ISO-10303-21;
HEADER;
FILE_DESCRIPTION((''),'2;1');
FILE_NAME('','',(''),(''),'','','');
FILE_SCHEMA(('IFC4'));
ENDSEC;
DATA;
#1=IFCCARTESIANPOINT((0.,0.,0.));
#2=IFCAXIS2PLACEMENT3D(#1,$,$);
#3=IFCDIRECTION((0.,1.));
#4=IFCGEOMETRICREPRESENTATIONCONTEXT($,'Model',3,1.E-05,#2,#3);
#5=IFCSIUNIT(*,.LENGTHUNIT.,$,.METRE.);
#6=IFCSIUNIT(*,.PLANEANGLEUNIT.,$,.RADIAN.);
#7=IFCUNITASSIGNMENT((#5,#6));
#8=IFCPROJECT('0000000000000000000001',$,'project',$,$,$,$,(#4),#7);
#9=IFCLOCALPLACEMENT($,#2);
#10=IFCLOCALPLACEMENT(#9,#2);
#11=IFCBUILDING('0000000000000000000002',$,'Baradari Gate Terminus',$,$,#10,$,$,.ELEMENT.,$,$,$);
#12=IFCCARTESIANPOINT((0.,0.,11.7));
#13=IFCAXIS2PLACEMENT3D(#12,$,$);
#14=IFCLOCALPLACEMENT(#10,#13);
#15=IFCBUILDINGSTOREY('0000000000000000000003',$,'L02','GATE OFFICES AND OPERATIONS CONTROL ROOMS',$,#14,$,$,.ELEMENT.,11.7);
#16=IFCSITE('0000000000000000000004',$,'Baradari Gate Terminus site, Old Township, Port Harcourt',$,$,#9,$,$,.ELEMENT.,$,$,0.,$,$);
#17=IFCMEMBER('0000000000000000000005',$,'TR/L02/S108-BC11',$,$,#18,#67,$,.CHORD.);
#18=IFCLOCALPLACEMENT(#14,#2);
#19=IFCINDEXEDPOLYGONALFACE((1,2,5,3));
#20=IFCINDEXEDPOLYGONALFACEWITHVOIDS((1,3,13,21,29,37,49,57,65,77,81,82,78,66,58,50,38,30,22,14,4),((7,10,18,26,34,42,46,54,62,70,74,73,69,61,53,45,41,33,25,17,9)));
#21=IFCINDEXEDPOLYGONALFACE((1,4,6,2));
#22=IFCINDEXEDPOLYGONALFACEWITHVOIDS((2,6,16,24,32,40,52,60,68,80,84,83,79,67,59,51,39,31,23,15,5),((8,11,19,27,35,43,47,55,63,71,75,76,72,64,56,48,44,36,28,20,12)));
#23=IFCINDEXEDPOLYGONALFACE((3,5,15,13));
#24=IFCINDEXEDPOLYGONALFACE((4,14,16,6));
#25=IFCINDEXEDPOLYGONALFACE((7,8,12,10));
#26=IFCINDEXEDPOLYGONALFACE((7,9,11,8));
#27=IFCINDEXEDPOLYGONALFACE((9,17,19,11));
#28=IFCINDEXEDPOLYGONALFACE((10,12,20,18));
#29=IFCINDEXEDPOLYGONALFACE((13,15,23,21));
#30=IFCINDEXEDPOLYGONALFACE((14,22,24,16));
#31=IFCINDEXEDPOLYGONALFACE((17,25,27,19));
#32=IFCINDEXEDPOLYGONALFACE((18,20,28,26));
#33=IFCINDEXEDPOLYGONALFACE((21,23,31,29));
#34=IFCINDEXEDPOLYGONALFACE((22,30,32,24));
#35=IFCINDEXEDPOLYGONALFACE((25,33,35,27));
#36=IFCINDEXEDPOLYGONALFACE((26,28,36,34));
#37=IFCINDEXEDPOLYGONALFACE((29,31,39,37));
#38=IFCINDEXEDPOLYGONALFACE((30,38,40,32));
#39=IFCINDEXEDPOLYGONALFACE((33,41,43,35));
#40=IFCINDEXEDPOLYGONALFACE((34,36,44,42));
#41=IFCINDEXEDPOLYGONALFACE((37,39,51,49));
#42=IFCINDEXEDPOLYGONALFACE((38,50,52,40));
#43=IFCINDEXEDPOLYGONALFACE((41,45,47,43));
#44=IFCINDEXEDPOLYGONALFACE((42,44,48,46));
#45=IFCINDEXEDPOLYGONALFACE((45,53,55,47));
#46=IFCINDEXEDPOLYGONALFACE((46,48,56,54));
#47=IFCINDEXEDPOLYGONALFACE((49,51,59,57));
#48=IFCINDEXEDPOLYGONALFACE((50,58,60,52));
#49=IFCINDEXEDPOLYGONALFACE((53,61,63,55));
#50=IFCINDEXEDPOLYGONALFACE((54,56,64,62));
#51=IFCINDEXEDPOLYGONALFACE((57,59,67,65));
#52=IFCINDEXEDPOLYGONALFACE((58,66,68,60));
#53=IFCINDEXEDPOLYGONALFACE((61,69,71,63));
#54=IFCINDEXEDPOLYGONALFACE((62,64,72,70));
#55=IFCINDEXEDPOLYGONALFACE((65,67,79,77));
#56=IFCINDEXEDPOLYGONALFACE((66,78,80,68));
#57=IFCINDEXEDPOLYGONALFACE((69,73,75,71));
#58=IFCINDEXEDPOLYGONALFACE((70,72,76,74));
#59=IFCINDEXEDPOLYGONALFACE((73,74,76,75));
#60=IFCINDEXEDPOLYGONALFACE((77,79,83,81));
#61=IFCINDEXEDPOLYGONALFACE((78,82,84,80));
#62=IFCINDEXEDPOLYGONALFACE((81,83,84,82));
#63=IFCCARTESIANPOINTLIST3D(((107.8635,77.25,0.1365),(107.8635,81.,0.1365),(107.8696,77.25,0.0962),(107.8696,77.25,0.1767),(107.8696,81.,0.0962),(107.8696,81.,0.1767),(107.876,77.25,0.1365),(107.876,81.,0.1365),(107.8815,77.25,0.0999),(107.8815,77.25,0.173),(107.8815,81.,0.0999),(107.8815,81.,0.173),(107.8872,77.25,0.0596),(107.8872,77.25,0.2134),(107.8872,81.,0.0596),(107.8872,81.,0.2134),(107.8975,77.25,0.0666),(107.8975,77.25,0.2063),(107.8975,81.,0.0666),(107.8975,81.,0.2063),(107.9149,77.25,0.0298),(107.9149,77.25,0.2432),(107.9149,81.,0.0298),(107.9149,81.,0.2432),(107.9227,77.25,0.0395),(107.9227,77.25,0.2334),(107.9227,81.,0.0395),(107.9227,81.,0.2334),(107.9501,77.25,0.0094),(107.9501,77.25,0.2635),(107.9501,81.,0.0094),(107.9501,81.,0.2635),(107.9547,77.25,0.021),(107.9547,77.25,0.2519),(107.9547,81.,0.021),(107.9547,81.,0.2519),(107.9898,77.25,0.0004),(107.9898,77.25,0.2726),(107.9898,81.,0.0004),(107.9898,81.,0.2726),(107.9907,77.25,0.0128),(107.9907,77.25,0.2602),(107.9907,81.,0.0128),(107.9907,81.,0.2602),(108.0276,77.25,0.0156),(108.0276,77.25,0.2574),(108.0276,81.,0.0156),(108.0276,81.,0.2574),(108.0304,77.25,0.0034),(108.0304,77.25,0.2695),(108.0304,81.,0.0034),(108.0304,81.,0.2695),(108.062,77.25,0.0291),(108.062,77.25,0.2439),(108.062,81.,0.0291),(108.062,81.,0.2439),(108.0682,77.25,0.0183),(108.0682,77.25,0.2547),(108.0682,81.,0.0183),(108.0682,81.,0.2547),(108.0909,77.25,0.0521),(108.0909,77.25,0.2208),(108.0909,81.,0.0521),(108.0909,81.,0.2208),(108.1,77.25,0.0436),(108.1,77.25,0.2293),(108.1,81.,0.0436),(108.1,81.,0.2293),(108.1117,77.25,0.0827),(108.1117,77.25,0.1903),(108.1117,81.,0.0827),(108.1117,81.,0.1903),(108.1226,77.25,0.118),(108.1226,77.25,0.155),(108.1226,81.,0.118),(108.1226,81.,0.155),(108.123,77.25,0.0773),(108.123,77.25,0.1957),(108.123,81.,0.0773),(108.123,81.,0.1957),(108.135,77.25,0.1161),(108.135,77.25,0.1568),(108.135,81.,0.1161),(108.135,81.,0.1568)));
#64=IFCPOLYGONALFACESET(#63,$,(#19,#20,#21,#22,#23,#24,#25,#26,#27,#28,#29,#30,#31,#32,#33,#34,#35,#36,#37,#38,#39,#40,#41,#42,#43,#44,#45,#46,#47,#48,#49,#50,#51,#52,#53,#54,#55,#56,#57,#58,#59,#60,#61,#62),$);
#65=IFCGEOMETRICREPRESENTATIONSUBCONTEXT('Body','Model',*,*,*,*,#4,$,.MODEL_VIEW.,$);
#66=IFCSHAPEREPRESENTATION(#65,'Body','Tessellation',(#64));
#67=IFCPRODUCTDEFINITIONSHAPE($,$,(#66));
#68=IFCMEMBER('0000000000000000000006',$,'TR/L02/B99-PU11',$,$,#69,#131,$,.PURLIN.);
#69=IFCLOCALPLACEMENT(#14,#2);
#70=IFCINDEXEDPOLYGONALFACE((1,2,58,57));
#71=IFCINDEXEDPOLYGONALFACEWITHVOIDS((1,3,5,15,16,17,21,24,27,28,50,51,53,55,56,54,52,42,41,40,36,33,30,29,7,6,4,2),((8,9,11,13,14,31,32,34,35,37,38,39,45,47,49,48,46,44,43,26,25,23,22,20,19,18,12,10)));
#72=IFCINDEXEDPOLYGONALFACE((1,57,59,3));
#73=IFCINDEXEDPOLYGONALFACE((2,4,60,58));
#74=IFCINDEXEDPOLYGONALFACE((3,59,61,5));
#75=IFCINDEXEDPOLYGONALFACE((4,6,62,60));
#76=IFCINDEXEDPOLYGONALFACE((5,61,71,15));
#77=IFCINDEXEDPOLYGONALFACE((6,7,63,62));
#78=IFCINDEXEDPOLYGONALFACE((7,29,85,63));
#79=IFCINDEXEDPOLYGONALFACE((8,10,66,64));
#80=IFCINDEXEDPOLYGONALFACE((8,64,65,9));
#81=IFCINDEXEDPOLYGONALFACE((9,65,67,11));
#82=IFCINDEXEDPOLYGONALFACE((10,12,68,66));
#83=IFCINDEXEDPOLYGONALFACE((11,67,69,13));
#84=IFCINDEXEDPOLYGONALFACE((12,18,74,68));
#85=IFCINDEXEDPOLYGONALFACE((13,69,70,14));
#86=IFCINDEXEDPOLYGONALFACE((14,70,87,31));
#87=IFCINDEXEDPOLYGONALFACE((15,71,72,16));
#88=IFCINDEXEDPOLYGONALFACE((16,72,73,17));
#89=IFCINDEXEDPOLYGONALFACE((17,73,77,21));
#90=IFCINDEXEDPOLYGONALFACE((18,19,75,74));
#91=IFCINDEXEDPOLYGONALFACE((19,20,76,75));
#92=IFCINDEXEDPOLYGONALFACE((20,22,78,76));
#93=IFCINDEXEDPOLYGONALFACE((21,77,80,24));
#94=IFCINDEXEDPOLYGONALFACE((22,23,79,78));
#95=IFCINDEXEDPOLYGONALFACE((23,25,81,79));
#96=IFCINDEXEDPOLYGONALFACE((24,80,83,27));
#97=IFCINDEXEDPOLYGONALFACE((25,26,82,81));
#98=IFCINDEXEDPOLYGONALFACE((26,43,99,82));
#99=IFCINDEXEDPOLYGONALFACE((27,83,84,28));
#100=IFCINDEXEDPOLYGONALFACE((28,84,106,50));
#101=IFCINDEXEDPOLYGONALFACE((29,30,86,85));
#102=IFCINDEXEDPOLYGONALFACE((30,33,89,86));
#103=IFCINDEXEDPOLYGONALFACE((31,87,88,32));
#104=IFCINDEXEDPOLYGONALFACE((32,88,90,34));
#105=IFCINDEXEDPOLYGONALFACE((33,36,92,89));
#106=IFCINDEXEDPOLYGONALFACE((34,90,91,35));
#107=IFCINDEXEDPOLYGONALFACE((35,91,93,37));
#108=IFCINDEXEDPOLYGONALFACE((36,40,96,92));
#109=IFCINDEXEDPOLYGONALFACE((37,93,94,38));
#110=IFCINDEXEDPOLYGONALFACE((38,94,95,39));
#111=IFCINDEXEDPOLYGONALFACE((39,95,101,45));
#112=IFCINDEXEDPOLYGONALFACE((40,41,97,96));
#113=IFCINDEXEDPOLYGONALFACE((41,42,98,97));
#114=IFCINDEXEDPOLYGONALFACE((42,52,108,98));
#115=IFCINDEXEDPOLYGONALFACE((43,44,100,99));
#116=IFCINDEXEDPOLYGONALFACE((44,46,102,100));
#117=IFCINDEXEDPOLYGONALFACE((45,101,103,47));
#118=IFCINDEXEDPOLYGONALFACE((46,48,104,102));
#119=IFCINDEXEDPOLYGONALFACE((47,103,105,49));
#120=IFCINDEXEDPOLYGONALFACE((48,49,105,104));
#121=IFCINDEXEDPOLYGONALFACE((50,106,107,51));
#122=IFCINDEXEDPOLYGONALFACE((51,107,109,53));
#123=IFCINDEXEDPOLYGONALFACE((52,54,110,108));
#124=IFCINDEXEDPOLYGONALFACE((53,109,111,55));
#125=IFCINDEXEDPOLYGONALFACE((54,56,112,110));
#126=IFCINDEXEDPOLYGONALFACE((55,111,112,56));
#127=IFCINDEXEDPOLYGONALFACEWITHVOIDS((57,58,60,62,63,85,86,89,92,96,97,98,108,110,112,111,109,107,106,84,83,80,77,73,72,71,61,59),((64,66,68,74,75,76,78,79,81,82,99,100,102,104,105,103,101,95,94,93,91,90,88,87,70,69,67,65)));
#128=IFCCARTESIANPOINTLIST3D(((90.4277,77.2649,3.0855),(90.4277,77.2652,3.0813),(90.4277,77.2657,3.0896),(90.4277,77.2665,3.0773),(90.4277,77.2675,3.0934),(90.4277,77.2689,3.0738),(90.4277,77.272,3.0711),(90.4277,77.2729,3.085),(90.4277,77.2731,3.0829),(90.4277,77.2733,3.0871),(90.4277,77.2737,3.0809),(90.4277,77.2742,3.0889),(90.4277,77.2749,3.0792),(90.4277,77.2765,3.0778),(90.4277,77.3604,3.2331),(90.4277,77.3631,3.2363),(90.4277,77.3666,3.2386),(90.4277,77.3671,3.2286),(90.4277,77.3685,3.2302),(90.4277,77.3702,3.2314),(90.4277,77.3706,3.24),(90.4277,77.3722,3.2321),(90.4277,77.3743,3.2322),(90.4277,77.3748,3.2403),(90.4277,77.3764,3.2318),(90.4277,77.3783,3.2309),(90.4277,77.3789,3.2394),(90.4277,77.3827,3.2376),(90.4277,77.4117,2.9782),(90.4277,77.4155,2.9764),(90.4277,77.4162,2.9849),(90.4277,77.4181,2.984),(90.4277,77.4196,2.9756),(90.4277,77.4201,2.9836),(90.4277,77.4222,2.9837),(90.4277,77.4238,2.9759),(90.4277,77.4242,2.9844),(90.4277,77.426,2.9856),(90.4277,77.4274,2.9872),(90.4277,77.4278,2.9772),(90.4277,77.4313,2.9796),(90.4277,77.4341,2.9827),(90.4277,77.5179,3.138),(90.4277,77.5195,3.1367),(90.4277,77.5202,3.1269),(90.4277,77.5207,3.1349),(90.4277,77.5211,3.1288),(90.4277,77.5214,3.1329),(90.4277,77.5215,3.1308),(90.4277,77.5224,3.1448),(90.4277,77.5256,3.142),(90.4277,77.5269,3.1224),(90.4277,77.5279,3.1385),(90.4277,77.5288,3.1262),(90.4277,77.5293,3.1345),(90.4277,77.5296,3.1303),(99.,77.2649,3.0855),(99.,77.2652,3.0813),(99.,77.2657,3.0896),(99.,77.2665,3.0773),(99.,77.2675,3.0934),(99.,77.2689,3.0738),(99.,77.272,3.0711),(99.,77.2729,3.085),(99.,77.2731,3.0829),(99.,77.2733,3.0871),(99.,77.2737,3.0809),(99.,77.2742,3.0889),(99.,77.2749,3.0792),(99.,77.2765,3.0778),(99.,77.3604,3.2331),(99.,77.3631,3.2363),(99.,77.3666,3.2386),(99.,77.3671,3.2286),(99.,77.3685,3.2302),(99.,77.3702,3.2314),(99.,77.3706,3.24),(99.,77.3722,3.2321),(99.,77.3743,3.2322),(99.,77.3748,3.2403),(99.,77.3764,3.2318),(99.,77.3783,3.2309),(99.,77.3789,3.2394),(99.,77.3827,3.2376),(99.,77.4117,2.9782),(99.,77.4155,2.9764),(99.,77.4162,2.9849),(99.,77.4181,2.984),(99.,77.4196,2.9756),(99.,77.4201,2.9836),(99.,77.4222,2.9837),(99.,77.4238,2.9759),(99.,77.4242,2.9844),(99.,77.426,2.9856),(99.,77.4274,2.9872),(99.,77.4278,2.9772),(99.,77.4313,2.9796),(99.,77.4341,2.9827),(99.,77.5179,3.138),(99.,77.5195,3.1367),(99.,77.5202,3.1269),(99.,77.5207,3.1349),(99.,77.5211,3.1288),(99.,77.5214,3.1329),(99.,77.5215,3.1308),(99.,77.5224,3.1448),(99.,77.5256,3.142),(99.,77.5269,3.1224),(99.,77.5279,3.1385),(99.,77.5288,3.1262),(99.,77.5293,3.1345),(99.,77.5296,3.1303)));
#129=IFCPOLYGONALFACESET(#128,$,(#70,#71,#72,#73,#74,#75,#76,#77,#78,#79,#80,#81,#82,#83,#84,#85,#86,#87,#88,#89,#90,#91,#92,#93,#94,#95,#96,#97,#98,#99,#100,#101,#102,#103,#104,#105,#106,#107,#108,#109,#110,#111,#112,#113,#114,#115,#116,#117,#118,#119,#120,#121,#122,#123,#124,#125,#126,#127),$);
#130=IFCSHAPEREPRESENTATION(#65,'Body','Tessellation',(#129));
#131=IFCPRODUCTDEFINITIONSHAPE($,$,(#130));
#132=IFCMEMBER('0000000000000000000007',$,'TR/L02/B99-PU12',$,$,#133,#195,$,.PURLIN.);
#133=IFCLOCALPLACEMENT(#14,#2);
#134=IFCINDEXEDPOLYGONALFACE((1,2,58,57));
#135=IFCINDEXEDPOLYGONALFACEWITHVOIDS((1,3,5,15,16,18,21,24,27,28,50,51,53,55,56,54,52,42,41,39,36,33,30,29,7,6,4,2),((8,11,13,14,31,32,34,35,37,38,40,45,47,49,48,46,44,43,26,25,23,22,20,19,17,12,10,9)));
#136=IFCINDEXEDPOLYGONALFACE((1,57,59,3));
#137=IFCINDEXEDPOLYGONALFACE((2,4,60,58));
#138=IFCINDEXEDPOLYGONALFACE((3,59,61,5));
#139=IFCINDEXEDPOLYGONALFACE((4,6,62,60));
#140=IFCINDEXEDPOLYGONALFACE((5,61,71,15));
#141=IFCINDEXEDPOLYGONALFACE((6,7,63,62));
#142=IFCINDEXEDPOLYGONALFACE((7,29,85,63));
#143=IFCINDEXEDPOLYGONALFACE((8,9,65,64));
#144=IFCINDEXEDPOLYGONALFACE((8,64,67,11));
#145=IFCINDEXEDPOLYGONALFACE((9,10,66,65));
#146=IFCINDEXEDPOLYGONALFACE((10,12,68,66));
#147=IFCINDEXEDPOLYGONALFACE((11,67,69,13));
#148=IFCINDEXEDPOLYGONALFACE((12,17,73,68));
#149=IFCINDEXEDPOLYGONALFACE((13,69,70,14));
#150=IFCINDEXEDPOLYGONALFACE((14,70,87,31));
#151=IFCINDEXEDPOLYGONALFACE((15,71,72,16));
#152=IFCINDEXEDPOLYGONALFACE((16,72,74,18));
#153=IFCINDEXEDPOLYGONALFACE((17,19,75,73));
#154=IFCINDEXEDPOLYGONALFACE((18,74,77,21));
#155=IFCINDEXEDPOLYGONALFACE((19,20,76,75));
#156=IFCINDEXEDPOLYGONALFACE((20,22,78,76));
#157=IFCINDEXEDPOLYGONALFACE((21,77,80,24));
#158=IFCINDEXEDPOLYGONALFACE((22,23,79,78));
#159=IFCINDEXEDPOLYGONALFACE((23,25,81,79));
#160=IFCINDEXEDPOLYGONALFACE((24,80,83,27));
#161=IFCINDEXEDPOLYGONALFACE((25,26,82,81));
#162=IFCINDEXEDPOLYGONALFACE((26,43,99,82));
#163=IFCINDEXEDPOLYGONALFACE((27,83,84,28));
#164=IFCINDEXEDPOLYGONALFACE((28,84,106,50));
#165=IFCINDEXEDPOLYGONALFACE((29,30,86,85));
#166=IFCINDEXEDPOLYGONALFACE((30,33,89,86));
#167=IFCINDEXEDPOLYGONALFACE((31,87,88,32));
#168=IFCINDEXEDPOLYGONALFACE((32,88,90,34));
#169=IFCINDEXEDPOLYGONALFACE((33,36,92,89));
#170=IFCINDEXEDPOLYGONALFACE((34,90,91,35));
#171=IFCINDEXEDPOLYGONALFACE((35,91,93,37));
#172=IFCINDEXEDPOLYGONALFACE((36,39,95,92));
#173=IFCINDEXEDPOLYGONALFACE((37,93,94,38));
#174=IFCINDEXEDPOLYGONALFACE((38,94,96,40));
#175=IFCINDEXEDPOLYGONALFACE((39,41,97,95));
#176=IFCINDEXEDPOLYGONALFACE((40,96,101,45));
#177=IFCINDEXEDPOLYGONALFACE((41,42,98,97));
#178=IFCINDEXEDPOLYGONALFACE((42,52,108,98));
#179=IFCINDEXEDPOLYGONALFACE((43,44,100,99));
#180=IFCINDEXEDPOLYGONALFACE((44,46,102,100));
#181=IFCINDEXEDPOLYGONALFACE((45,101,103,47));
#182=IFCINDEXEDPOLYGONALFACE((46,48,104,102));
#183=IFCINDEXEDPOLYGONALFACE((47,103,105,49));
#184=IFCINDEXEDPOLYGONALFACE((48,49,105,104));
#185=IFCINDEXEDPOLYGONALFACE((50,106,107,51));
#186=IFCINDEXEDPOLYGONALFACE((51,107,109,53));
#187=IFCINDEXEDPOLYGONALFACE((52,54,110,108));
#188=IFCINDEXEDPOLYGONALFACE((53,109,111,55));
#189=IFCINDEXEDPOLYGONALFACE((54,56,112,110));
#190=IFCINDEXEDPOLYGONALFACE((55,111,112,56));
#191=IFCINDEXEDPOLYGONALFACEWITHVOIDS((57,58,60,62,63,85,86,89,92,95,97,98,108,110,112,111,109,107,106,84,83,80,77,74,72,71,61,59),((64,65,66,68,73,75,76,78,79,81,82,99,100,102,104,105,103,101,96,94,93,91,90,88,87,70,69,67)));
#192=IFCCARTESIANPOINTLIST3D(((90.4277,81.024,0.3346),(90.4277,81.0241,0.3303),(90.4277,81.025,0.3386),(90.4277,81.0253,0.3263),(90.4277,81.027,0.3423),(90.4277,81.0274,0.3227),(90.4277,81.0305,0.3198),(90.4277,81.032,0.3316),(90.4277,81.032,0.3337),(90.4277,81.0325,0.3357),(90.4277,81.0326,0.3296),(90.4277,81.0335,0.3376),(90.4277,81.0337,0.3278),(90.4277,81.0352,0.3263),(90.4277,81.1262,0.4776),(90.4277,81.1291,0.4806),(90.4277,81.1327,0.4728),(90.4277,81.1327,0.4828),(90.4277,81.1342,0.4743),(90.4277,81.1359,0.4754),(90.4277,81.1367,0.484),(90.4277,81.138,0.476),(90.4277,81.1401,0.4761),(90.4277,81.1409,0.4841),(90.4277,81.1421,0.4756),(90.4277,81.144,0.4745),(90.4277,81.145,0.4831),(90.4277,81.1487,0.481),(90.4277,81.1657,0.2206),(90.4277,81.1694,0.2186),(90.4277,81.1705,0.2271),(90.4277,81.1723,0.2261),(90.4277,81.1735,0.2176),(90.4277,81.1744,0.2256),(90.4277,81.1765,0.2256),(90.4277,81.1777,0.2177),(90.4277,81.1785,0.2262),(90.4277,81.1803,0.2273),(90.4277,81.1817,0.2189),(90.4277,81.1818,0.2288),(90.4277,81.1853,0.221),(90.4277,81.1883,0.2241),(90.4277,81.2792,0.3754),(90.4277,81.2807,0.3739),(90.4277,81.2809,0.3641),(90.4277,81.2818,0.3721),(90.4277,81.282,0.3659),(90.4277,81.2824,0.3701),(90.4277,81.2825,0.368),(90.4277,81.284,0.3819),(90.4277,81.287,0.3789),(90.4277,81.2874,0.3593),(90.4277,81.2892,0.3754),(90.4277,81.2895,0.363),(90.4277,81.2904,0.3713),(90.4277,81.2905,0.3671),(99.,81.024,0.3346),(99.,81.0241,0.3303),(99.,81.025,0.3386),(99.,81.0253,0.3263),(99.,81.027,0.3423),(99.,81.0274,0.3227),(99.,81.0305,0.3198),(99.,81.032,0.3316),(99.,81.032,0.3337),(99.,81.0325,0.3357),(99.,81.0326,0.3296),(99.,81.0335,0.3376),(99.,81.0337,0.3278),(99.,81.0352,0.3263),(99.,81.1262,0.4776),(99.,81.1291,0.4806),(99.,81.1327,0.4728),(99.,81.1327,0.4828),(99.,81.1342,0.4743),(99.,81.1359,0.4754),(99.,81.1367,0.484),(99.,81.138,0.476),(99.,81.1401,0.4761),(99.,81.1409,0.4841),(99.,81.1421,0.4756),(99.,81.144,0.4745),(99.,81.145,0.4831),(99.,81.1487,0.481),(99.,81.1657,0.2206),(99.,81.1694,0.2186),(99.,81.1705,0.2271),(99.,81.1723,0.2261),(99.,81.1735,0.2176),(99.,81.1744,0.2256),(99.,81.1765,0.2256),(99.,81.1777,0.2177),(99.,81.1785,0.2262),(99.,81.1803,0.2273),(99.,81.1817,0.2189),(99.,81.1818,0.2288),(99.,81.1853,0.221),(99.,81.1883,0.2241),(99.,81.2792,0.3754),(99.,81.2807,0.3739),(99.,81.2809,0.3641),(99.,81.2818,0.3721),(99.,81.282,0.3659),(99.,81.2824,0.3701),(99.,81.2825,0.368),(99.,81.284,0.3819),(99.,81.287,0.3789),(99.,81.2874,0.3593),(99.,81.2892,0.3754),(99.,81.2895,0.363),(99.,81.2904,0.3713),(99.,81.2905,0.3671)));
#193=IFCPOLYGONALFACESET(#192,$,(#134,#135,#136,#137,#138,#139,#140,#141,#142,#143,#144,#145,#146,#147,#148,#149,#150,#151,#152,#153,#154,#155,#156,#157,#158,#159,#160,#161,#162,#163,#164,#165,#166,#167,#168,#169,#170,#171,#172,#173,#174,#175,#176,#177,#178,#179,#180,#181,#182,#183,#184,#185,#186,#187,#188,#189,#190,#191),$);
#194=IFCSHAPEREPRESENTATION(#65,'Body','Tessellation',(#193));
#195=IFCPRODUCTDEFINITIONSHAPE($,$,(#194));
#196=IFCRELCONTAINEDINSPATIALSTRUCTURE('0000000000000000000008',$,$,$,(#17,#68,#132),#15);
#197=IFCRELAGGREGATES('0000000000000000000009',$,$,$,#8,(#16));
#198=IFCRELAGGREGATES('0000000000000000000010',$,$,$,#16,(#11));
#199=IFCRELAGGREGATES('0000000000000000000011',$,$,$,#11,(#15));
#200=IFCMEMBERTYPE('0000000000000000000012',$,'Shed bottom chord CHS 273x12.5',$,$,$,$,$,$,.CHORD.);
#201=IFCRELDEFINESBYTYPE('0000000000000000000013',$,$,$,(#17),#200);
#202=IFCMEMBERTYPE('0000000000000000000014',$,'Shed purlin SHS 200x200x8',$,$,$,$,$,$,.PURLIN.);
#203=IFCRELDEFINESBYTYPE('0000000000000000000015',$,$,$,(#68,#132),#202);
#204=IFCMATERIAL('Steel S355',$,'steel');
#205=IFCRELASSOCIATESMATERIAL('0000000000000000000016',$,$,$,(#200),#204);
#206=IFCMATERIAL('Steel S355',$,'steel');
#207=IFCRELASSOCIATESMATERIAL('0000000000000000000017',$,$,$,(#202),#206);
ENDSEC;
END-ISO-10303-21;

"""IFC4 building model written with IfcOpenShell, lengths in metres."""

from ifc_helpers import new_model, si_unit, direction, frame, origin, origin_2d, place, context, subcontext, project, spatial, hollow_rectangle, hollow_circle, extrude, material, material_profile, profile_set, type_object, element, save


model = new_model("IFC4")

# Units and contexts
model_context = context("Model", 3, precision=1e-05, world=origin(), true_north=direction((0.0, 1.0)))
body_context = subcontext(model_context, "Body", "Model", "MODEL_VIEW")
ifc_project = project(units=[si_unit("LENGTHUNIT", "METRE"), si_unit("PLANEANGLEUNIT", "RADIAN")], contexts=[model_context])

# Site, building, storey
site_placement = place(None, origin())
site = spatial("IfcSite", under=ifc_project, at=site_placement, Name="Baradari Gate Terminus site, Old Township, Port Harcourt", CompositionType="ELEMENT", RefElevation=0.0)
building_placement = place(site_placement, origin())
building = spatial("IfcBuilding", under=site, at=building_placement, Name="Baradari Gate Terminus", CompositionType="ELEMENT")
storey_placement = place(building_placement, frame((0.0, 0.0, 11.7)))
storey = spatial("IfcBuildingStorey", under=building, at=storey_placement, Name="L02", Description="GATE OFFICES AND OPERATIONS CONTROL ROOMS", CompositionType="ELEMENT", Elevation=11.7)

# Members
ifc_material_1 = material(Name="Steel S355", Category="steel")
ifc_material_profile_1 = material_profile(ifc_material_1, hollow_circle(Radius=0.1365, WallThickness=0.0125, at=origin_2d()), Name="CHS 273x12.5")
ifc_profile_set_1 = profile_set([ifc_material_profile_1], Name="Steel S355")
member_type_1 = type_object("IfcMemberType", Name="Shed bottom chord CHS 273x12.5", PredefinedType="CHORD", material=ifc_profile_set_1)
for number, where, z_axis, x_axis, name in (
    (1, (108.0, 77.25, 0.1365), (0.0, 1.0, 0.0), (-1.0, 0.0, 0.0), "TR/L02/S108-BC11"),
):
    element("IfcMember", number, at=place(storey_placement, frame(where, z_axis=z_axis, x_axis=x_axis)), inside=storey, type_object=member_type_1, Name=name, PredefinedType="CHORD", context=body_context, shape_type="SweptSolid", body=[
        extrude(hollow_circle(Radius=0.1365, WallThickness=0.0125, at=origin_2d()), origin(), (0.0, 0.0, 1.0), 3.75),
    ])
ifc_material_2 = material(Name="Steel S355", Category="steel")
ifc_material_profile_2 = material_profile(ifc_material_2, hollow_rectangle(XDim=0.2, YDim=0.2, WallThickness=0.0081, InnerFilletRadius=0.0081, OuterFilletRadius=0.0161, at=origin_2d()), Name="SHS 200x200x8")
ifc_profile_set_2 = profile_set([ifc_material_profile_2], Name="Steel S355")
member_type_2 = type_object("IfcMemberType", Name="Shed purlin SHS 200x200x8", PredefinedType="PURLIN", material=ifc_profile_set_2)
for number, where, z_axis, x_axis, name in (
    (2, (90.4277, 77.3972, 3.1079), (1.0, 0.0, 0.0), (0.0, 0.832836, -0.553519), "TR/L02/B99-PU11"),
    (3, (90.4277, 81.1572, 0.3508), (1.0, 0.0, 0.0), (0.0, 0.806405, -0.591364), "TR/L02/B99-PU12"),
):
    element("IfcMember", number, at=place(storey_placement, frame(where, z_axis=z_axis, x_axis=x_axis)), inside=storey, type_object=member_type_2, Name=name, PredefinedType="PURLIN", context=body_context, shape_type="SweptSolid", body=[
        extrude(hollow_rectangle(XDim=0.2, YDim=0.2, WallThickness=0.0081, InnerFilletRadius=0.0081, OuterFilletRadius=0.0161, at=origin_2d()), origin(), (0.0, 0.0, 1.0), 8.5723),
    ])

save(model, "model.ifc")
